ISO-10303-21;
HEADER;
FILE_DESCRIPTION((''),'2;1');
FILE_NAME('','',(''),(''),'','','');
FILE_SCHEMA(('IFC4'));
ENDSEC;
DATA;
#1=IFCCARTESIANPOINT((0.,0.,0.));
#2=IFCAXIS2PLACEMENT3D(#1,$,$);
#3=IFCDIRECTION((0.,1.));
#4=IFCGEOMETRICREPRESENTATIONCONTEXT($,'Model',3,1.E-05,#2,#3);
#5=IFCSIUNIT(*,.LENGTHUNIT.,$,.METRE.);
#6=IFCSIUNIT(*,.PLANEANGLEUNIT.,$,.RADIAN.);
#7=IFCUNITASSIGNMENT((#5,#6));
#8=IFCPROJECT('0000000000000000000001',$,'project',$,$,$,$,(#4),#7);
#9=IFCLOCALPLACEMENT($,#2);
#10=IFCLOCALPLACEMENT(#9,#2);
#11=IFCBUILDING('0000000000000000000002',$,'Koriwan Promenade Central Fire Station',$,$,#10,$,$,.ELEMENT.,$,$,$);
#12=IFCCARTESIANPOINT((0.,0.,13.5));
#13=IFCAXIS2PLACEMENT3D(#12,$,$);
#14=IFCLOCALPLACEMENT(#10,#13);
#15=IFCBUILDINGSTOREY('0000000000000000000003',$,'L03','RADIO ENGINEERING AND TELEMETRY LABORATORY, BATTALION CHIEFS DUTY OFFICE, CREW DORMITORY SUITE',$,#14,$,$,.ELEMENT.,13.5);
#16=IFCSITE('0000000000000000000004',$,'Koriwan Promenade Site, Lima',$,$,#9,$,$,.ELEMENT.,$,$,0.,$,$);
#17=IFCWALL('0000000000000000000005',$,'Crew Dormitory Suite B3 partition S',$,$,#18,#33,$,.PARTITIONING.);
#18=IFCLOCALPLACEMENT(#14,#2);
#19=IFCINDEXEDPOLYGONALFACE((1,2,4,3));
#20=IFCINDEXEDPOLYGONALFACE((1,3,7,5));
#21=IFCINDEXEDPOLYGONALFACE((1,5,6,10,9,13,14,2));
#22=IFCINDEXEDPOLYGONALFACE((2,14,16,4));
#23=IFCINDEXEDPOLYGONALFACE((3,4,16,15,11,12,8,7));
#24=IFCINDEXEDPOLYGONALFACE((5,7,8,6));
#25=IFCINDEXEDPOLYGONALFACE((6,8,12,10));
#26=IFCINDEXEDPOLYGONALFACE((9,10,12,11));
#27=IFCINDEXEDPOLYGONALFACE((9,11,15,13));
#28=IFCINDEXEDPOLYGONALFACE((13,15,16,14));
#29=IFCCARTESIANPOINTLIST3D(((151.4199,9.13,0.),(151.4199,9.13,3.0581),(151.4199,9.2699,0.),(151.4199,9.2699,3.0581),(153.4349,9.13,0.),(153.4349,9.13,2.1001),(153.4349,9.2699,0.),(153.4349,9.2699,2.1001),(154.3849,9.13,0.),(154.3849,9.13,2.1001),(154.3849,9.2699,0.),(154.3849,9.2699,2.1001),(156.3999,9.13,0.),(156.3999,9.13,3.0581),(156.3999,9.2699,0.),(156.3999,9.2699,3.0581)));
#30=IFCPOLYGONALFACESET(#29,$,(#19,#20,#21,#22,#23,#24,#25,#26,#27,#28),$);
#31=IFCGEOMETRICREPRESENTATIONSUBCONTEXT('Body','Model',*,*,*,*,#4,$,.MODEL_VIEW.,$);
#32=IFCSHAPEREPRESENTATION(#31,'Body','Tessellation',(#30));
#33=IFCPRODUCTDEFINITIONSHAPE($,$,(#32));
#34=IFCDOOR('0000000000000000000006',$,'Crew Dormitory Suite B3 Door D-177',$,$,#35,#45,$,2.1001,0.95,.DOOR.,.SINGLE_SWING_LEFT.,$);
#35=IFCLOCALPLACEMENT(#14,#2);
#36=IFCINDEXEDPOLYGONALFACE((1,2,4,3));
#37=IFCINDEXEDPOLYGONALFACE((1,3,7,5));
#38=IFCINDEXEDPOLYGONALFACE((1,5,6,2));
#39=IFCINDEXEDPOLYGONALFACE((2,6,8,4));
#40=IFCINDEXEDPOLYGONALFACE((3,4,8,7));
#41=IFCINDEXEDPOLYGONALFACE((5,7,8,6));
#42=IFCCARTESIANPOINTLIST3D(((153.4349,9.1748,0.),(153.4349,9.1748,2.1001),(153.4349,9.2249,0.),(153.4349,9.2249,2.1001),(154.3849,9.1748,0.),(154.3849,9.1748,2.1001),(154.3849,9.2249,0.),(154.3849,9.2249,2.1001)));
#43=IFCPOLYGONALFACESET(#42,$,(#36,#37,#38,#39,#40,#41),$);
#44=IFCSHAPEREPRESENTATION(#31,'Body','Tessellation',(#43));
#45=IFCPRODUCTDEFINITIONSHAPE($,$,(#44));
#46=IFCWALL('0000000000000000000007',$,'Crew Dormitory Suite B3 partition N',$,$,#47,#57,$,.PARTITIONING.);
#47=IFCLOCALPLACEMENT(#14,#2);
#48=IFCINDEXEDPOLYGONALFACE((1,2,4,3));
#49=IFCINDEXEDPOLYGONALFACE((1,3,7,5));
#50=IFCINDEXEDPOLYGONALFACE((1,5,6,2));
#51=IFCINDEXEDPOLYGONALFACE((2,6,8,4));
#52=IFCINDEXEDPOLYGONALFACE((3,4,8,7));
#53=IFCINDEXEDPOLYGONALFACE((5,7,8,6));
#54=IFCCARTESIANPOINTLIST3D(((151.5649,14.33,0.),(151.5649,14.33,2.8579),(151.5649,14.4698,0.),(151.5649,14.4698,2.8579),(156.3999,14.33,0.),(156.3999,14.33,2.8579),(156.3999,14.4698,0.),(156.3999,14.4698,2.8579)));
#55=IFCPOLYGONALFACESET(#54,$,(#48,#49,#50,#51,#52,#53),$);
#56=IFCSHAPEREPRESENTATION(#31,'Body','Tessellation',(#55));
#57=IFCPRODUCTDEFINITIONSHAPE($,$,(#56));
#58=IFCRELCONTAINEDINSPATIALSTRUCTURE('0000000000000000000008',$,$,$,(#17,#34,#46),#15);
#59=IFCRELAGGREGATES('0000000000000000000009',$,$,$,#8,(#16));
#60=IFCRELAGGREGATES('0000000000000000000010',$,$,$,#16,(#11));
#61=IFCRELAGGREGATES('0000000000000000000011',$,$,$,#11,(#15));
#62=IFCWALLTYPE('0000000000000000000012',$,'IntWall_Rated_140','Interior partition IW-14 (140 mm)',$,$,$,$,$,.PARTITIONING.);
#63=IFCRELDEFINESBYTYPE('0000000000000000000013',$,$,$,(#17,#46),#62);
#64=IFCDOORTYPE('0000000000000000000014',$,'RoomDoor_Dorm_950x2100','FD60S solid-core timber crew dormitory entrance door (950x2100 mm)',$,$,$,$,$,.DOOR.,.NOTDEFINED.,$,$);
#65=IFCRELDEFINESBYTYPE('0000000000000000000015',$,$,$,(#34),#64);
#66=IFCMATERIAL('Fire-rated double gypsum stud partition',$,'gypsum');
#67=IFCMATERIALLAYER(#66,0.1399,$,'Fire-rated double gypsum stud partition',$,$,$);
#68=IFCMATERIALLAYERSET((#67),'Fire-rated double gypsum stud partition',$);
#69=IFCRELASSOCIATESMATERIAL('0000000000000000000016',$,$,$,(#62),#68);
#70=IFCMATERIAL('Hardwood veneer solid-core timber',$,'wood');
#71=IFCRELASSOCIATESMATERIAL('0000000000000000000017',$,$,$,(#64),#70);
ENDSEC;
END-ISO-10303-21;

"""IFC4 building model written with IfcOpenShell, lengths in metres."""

from ifc_helpers import new_model, si_unit, direction, frame, frame_2d, origin, place, context, subcontext, project, spatial, rectangle, extrude, material, layer, layer_set, type_object, element, fill, save


model = new_model("IFC4")

# Units and contexts
model_context = context("Model", 3, precision=1e-05, world=origin(), true_north=direction((0.0, 1.0)))
body_context = subcontext(model_context, "Body", "Model", "MODEL_VIEW")
ifc_project = project(units=[si_unit("LENGTHUNIT", "METRE"), si_unit("PLANEANGLEUNIT", "RADIAN")], contexts=[model_context])

# Site, building, storey
site_placement = place(None, origin())
site = spatial("IfcSite", under=ifc_project, at=site_placement, Name="Koriwan Promenade Site, Lima", CompositionType="ELEMENT", RefElevation=0.0)
building_placement = place(site_placement, origin())
building = spatial("IfcBuilding", under=site, at=building_placement, Name="Koriwan Promenade Central Fire Station", CompositionType="ELEMENT")
storey_placement = place(building_placement, frame((0.0, 0.0, 13.5)))
storey = spatial("IfcBuildingStorey", under=building, at=storey_placement, Name="L03", Description="RADIO ENGINEERING AND TELEMETRY LABORATORY, BATTALION CHIEFS DUTY OFFICE, CREW DORMITORY SUITE", CompositionType="ELEMENT", Elevation=13.5)

# Wall, opening, door
ifc_material_1 = material(Name="Fire-rated double gypsum stud partition", Category="gypsum")
ifc_layer_1 = layer(ifc_material_1, 0.1399, Name="Fire-rated double gypsum stud partition")
ifc_layer_set_1 = layer_set([ifc_layer_1], Name="Fire-rated double gypsum stud partition")
wall_type_1 = type_object("IfcWallType", Name="IntWall_Rated_140", Description="Interior partition IW-14 (140 mm)", PredefinedType="PARTITIONING", material=ifc_layer_set_1)
ifc_material_2 = material(Name="Hardwood veneer solid-core timber", Category="wood")
door_type_1 = type_object("IfcDoorType", Name="RoomDoor_Dorm_950x2100", Description="FD60S solid-core timber crew dormitory entrance door (950x2100 mm)", OperationType="NOTDEFINED", PredefinedType="DOOR", material=ifc_material_2)
wall_1_placement = place(storey_placement, frame((151.4199, 9.2, 0.0), z_axis=(0.0, 0.0, 1.0), x_axis=(1.0, 0.0, 0.0)))
wall_1 = element("IfcWall", 1, at=wall_1_placement, inside=storey, type_object=wall_type_1, Name="Crew Dormitory Suite B3 partition S", PredefinedType="PARTITIONING", context=body_context, shape_type="SweptSolid", body=[
    extrude(rectangle(XDim=4.98, YDim=0.1399, at=frame_2d((2.49, 0.0))), origin(), (0.0, 0.0, 1.0), 3.0581),
])
opening_1_placement = place(wall_1_placement, frame((2.0149, 0.0, 0.0)))
opening_1 = element("IfcOpeningElement", 2, at=opening_1_placement, cuts=wall_1, PredefinedType="OPENING", context=body_context, shape_type="SweptSolid", body=[
    extrude(rectangle(XDim=0.95, YDim=2.1001, at=frame_2d((0.4751, 1.05))), frame((0.0, 0.082, 0.0), z_axis=(0.0, -1.0, 0.0), x_axis=(1.0, 0.0, 0.0)), (0.0, 0.0, 1.0), 0.1638),
])
door_1_placement = place(opening_1_placement, origin())
door_1 = element("IfcDoor", 3, at=door_1_placement, inside=storey, type_object=door_type_1, Name="Crew Dormitory Suite B3 Door D-177", OperationType="SINGLE_SWING_LEFT", OverallHeight=2.1001, OverallWidth=0.95, PredefinedType="DOOR", context=body_context, shape_type="SweptSolid", body=[
    extrude(rectangle(XDim=0.95, YDim=2.1001, at=frame_2d((0.4751, 1.05))), frame((0.0, 0.0249, 0.0), z_axis=(0.0, -1.0, 0.0), x_axis=(1.0, 0.0, 0.0)), (0.0, 0.0, 1.0), 0.05),
])
fill(opening_1, door_1)

# Wall
wall_2_placement = place(storey_placement, frame((151.5649, 14.3999, 0.0), z_axis=(0.0, 0.0, 1.0), x_axis=(1.0, 0.0, 0.0)))
element("IfcWall", 4, at=wall_2_placement, inside=storey, type_object=wall_type_1, Name="Crew Dormitory Suite B3 partition N", PredefinedType="PARTITIONING", context=body_context, shape_type="SweptSolid", body=[
    extrude(rectangle(XDim=4.835, YDim=0.1399, at=frame_2d((2.4175, 0.0))), origin(), (0.0, 0.0, 1.0), 2.8579),
])

save(model, "model.ifc")
